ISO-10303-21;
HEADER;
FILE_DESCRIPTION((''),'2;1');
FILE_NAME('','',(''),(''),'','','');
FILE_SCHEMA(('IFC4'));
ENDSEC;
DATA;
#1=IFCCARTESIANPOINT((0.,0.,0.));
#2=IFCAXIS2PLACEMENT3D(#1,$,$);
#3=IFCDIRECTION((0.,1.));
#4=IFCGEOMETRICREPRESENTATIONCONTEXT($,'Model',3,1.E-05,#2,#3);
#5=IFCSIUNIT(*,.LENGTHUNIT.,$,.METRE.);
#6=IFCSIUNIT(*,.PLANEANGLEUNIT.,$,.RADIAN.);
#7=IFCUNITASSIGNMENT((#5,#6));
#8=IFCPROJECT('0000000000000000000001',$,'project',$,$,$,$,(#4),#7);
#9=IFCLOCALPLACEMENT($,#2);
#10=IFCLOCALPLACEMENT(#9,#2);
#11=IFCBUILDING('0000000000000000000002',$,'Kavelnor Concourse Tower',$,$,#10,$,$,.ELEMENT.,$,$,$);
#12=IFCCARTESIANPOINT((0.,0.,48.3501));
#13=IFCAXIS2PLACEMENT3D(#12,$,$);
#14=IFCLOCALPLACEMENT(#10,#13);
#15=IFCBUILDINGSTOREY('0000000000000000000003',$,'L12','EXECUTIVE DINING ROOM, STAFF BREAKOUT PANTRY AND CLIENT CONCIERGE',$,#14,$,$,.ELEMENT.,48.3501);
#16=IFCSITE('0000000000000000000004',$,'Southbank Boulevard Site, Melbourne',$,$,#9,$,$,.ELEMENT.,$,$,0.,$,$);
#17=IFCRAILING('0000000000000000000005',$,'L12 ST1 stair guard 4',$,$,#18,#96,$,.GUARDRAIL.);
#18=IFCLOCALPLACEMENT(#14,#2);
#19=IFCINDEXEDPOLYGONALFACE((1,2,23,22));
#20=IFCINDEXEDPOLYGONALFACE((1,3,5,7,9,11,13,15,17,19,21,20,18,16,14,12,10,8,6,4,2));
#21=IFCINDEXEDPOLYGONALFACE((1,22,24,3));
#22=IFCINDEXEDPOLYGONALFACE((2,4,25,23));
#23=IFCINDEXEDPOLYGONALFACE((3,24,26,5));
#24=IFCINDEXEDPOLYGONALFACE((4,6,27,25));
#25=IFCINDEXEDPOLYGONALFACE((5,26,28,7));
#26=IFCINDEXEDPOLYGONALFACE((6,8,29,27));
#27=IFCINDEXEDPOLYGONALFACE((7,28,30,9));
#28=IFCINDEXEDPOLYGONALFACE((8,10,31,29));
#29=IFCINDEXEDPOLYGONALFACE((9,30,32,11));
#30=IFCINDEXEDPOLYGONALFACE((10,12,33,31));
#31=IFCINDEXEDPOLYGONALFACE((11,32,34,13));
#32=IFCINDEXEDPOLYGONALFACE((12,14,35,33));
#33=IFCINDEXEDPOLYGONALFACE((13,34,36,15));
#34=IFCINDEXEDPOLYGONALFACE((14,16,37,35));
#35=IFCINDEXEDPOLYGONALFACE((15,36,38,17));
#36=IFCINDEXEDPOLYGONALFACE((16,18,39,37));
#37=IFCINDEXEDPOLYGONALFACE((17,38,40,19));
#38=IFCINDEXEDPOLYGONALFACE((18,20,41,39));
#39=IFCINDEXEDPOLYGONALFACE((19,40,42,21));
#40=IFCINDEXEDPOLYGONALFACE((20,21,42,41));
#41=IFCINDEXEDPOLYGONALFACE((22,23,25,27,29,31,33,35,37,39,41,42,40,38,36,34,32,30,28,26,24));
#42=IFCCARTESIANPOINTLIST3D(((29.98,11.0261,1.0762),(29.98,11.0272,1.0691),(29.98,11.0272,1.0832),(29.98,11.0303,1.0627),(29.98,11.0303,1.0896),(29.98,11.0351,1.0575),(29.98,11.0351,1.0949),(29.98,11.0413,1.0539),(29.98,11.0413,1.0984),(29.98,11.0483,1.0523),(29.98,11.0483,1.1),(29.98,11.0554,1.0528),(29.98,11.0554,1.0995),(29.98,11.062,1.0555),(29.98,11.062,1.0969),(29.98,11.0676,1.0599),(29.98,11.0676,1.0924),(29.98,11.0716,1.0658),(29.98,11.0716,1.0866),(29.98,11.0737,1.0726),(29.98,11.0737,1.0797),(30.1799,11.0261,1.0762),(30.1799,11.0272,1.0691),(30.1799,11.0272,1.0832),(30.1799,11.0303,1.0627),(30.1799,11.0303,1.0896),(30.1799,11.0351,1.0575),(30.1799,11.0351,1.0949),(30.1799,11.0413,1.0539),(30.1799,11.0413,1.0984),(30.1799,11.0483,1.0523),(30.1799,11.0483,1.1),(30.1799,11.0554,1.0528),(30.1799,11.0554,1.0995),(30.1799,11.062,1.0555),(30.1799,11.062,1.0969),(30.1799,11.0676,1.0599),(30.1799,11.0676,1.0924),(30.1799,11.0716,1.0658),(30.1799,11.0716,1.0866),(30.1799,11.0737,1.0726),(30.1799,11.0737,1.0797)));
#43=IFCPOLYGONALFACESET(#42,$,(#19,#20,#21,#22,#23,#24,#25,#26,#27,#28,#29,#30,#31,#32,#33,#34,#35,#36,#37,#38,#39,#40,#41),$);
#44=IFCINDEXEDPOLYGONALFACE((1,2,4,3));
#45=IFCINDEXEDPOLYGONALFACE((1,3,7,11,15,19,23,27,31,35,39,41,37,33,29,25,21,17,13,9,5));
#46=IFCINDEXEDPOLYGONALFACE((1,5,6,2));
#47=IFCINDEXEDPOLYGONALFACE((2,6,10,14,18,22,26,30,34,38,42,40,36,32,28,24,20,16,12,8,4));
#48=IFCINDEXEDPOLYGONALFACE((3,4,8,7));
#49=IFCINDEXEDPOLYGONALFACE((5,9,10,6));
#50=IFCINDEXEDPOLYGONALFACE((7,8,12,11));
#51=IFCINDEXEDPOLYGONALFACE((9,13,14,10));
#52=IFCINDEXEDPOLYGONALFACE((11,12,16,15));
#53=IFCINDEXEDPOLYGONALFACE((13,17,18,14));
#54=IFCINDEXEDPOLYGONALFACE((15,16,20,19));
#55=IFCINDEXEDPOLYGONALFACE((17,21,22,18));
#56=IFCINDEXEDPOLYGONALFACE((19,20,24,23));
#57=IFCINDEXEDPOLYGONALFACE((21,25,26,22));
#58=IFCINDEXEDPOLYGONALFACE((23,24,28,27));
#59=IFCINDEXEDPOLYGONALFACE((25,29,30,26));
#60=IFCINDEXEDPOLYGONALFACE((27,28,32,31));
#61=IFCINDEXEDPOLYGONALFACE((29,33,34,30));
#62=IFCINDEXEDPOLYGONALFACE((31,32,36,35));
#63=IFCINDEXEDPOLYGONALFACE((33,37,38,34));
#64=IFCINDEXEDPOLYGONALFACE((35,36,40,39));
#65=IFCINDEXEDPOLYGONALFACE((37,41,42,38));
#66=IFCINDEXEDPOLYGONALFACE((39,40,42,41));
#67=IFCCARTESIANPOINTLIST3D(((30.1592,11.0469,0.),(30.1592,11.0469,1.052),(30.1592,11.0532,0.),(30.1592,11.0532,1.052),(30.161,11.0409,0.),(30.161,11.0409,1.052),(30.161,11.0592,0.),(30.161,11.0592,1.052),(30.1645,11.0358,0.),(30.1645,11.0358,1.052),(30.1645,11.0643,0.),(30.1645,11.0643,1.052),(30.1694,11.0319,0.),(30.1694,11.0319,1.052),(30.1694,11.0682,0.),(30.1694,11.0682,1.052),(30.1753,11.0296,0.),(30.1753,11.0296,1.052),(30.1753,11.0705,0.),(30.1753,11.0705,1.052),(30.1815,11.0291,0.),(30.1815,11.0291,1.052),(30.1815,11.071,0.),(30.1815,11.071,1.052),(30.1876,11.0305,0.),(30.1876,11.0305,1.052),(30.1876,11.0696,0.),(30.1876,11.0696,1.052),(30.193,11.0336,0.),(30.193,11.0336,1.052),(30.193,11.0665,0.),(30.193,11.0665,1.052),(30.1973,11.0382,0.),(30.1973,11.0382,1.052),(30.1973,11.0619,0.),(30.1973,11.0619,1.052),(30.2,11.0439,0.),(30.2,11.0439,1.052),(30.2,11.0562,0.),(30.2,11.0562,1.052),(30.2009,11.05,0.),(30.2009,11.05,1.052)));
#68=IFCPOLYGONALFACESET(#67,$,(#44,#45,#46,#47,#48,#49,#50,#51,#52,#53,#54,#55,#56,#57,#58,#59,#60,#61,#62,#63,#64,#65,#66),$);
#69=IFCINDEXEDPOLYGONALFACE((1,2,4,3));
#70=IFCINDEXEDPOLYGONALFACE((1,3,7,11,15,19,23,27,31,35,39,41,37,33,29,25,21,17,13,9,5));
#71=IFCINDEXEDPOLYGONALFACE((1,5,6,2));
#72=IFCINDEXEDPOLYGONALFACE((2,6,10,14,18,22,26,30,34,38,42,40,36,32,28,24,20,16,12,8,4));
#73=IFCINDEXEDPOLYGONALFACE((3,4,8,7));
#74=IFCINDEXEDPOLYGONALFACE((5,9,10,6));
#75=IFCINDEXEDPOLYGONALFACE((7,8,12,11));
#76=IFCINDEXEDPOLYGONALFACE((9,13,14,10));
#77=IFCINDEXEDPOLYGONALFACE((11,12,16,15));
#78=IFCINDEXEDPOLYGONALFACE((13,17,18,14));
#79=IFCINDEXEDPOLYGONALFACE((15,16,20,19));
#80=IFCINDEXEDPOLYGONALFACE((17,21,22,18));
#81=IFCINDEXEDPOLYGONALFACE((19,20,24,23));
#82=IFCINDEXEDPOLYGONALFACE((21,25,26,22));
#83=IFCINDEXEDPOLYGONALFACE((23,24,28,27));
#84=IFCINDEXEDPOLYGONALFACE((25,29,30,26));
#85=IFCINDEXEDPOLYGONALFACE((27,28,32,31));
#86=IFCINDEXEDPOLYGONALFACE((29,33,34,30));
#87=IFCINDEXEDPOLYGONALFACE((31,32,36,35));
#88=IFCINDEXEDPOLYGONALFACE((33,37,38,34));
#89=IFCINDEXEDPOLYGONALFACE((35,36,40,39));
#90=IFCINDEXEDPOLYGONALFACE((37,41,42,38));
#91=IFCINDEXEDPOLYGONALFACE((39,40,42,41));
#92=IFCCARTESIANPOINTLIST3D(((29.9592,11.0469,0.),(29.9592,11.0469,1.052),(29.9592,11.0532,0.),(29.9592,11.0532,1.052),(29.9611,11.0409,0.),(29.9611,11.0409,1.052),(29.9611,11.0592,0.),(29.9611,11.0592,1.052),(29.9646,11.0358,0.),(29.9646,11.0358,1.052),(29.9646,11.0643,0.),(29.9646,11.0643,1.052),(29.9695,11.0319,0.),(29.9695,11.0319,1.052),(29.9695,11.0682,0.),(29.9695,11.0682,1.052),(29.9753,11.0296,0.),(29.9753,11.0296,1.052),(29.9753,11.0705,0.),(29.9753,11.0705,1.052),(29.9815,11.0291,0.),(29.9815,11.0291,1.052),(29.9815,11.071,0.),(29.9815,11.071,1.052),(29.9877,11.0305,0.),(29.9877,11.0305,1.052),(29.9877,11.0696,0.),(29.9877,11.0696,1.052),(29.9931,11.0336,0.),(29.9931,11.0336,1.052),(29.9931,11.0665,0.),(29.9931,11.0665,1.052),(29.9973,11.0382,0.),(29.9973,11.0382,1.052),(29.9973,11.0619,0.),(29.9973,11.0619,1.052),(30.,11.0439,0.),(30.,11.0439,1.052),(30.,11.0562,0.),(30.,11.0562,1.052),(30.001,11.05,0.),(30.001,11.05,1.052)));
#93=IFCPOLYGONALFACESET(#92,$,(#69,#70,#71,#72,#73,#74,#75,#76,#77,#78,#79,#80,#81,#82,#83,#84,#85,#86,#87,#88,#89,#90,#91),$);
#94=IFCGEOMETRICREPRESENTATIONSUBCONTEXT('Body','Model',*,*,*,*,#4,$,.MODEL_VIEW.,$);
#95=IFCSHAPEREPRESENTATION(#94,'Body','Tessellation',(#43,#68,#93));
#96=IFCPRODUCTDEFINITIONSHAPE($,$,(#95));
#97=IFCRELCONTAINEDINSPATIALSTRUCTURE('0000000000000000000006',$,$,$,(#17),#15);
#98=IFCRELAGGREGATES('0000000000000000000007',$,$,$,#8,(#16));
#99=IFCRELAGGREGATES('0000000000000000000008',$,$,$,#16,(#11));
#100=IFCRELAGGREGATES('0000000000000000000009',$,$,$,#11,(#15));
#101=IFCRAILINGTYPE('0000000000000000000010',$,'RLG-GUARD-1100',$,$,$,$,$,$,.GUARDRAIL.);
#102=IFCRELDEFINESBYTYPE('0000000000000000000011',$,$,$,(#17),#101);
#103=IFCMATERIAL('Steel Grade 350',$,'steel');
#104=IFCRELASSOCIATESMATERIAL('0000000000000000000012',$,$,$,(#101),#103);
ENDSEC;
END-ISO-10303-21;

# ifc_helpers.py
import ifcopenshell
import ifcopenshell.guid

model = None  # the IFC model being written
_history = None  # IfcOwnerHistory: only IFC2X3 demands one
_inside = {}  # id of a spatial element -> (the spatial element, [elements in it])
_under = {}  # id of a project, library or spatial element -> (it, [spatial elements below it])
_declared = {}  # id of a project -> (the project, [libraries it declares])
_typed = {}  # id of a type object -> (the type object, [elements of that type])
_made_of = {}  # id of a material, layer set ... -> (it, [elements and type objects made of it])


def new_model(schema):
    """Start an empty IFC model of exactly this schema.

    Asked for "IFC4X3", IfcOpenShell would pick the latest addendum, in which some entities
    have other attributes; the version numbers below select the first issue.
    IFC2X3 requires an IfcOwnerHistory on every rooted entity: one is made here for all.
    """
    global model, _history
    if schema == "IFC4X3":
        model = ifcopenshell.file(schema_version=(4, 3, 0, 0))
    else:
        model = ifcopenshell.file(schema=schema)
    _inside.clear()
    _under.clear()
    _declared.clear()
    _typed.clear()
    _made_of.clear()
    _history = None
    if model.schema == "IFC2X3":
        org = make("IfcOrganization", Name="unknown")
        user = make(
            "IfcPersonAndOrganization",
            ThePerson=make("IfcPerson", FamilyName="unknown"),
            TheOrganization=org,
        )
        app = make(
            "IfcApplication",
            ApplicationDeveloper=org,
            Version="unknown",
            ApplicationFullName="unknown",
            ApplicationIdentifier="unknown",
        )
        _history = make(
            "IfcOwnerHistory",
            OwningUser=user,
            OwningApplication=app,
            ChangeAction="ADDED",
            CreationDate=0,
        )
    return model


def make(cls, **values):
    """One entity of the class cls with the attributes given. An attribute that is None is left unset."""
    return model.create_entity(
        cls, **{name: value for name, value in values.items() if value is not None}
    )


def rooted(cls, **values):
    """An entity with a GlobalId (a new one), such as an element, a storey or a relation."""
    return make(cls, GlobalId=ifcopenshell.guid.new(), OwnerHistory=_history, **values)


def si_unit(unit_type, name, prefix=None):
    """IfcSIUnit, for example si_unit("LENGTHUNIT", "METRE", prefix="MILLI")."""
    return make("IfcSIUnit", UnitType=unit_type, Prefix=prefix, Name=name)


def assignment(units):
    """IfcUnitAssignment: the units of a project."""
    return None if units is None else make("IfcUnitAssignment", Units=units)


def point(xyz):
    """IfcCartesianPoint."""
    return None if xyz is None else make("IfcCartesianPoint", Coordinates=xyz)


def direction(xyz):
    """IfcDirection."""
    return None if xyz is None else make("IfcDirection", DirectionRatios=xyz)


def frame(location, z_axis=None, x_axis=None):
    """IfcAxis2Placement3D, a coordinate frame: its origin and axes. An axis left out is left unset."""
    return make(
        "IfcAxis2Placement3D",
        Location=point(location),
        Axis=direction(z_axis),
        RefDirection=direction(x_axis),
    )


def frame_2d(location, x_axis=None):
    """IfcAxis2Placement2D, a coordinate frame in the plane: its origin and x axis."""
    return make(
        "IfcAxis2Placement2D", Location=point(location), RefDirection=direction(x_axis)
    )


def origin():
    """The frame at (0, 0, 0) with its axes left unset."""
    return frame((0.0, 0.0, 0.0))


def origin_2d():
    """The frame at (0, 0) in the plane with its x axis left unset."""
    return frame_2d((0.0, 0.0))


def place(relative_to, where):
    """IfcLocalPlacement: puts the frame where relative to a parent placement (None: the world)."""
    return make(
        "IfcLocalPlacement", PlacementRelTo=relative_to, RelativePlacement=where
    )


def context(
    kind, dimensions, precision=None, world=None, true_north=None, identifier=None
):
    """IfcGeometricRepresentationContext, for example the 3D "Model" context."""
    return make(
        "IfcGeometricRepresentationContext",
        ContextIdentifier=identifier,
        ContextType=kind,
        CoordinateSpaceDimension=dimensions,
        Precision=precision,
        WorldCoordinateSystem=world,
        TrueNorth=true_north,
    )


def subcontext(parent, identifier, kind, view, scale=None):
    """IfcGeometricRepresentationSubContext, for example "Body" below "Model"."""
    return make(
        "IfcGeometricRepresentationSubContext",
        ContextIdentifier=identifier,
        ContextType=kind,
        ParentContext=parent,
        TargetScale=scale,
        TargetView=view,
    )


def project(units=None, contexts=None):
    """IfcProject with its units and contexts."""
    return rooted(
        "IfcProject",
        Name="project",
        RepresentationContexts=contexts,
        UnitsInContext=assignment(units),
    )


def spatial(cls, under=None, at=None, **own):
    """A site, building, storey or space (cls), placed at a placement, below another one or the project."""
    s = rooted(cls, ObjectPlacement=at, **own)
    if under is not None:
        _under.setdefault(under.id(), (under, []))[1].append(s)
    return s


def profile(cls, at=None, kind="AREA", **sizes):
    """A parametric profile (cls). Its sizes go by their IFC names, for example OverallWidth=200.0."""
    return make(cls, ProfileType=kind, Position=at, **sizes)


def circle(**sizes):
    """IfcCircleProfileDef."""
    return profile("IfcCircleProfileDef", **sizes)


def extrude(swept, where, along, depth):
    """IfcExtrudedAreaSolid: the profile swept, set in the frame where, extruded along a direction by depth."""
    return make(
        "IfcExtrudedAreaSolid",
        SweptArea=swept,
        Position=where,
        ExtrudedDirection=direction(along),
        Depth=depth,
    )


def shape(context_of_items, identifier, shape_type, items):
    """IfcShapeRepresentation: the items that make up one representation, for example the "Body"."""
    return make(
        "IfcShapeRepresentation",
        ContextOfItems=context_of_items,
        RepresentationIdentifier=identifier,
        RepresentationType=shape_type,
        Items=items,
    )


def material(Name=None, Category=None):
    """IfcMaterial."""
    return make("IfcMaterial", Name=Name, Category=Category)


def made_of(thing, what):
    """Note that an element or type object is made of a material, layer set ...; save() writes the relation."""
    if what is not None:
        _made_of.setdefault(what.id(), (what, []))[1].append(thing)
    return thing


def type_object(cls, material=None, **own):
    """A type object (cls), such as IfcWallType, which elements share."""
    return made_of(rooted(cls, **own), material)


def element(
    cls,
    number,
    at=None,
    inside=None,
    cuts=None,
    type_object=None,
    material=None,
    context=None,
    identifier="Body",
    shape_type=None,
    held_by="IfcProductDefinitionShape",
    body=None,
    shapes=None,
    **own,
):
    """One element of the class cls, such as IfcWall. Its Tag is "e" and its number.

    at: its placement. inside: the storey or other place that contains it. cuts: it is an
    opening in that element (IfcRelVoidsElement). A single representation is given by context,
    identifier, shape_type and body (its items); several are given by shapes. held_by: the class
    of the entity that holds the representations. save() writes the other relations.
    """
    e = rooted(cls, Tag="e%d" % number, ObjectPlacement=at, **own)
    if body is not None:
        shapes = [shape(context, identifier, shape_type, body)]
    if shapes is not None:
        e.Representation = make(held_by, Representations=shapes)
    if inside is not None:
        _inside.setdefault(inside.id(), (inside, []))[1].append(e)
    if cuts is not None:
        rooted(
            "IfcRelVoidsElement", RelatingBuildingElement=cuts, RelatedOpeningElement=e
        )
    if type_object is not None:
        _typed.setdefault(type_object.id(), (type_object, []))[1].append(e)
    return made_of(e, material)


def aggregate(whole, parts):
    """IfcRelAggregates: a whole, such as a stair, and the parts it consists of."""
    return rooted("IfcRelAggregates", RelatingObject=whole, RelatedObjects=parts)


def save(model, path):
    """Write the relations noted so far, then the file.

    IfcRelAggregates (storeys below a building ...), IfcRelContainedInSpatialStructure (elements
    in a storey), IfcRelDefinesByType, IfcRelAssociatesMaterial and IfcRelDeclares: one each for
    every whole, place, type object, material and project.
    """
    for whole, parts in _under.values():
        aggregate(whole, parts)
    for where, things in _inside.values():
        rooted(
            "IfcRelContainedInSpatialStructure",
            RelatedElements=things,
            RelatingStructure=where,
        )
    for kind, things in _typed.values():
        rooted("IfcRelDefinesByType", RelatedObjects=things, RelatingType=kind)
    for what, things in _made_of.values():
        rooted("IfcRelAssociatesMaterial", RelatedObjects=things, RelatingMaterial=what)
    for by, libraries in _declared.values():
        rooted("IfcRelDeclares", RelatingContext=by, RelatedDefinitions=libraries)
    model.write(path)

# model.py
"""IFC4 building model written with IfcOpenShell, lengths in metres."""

from ifc_helpers import new_model, si_unit, direction, frame, origin, origin_2d, place, context, subcontext, project, spatial, circle, extrude, material, type_object, element, save


model = new_model("IFC4")

# Units and contexts
model_context = context("Model", 3, precision=1e-05, world=origin(), true_north=direction((0.0, 1.0)))
body_context = subcontext(model_context, "Body", "Model", "MODEL_VIEW")
ifc_project = project(units=[si_unit("LENGTHUNIT", "METRE"), si_unit("PLANEANGLEUNIT", "RADIAN")], contexts=[model_context])

# Site, building, storey
site_placement = place(None, origin())
site = spatial("IfcSite", under=ifc_project, at=site_placement, Name="Southbank Boulevard Site, Melbourne", CompositionType="ELEMENT", RefElevation=0.0)
building_placement = place(site_placement, origin())
building = spatial("IfcBuilding", under=site, at=building_placement, Name="Kavelnor Concourse Tower", CompositionType="ELEMENT")
storey_placement = place(building_placement, frame((0.0, 0.0, 48.3501)))
storey = spatial("IfcBuildingStorey", under=building, at=storey_placement, Name="L12", Description="EXECUTIVE DINING ROOM, STAFF BREAKOUT PANTRY AND CLIENT CONCIERGE", CompositionType="ELEMENT", Elevation=48.3501)

# Shared definitions
ifc_material_1 = material(Name="Steel Grade 350", Category="steel")

# Railing
railing_type_1 = type_object("IfcRailingType", Name="RLG-GUARD-1100", PredefinedType="GUARDRAIL", material=ifc_material_1)
railing_1_placement = place(storey_placement, frame((30.1799, 11.05, 0.0)))
element("IfcRailing", 1, at=railing_1_placement, inside=storey, type_object=railing_type_1, Name="L12 ST1 stair guard 4", PredefinedType="GUARDRAIL", context=body_context, shape_type="SweptSolid", body=[
    extrude(circle(Radius=0.0239, at=origin_2d()), frame((0.0, 0.0, 1.0762), z_axis=(-1.0, 0.0, 0.0), x_axis=(0.0, -1.0, 0.0)), (0.0, 0.0, 1.0), 0.2),
    extrude(circle(Radius=0.021, at=origin_2d()), origin(), (0.0, 0.0, 1.0), 1.052),
    extrude(circle(Radius=0.021, at=origin_2d()), frame((-0.2, 0.0, 0.0)), (0.0, 0.0, 1.0), 1.052),
])

save(model, "model.ifc")
